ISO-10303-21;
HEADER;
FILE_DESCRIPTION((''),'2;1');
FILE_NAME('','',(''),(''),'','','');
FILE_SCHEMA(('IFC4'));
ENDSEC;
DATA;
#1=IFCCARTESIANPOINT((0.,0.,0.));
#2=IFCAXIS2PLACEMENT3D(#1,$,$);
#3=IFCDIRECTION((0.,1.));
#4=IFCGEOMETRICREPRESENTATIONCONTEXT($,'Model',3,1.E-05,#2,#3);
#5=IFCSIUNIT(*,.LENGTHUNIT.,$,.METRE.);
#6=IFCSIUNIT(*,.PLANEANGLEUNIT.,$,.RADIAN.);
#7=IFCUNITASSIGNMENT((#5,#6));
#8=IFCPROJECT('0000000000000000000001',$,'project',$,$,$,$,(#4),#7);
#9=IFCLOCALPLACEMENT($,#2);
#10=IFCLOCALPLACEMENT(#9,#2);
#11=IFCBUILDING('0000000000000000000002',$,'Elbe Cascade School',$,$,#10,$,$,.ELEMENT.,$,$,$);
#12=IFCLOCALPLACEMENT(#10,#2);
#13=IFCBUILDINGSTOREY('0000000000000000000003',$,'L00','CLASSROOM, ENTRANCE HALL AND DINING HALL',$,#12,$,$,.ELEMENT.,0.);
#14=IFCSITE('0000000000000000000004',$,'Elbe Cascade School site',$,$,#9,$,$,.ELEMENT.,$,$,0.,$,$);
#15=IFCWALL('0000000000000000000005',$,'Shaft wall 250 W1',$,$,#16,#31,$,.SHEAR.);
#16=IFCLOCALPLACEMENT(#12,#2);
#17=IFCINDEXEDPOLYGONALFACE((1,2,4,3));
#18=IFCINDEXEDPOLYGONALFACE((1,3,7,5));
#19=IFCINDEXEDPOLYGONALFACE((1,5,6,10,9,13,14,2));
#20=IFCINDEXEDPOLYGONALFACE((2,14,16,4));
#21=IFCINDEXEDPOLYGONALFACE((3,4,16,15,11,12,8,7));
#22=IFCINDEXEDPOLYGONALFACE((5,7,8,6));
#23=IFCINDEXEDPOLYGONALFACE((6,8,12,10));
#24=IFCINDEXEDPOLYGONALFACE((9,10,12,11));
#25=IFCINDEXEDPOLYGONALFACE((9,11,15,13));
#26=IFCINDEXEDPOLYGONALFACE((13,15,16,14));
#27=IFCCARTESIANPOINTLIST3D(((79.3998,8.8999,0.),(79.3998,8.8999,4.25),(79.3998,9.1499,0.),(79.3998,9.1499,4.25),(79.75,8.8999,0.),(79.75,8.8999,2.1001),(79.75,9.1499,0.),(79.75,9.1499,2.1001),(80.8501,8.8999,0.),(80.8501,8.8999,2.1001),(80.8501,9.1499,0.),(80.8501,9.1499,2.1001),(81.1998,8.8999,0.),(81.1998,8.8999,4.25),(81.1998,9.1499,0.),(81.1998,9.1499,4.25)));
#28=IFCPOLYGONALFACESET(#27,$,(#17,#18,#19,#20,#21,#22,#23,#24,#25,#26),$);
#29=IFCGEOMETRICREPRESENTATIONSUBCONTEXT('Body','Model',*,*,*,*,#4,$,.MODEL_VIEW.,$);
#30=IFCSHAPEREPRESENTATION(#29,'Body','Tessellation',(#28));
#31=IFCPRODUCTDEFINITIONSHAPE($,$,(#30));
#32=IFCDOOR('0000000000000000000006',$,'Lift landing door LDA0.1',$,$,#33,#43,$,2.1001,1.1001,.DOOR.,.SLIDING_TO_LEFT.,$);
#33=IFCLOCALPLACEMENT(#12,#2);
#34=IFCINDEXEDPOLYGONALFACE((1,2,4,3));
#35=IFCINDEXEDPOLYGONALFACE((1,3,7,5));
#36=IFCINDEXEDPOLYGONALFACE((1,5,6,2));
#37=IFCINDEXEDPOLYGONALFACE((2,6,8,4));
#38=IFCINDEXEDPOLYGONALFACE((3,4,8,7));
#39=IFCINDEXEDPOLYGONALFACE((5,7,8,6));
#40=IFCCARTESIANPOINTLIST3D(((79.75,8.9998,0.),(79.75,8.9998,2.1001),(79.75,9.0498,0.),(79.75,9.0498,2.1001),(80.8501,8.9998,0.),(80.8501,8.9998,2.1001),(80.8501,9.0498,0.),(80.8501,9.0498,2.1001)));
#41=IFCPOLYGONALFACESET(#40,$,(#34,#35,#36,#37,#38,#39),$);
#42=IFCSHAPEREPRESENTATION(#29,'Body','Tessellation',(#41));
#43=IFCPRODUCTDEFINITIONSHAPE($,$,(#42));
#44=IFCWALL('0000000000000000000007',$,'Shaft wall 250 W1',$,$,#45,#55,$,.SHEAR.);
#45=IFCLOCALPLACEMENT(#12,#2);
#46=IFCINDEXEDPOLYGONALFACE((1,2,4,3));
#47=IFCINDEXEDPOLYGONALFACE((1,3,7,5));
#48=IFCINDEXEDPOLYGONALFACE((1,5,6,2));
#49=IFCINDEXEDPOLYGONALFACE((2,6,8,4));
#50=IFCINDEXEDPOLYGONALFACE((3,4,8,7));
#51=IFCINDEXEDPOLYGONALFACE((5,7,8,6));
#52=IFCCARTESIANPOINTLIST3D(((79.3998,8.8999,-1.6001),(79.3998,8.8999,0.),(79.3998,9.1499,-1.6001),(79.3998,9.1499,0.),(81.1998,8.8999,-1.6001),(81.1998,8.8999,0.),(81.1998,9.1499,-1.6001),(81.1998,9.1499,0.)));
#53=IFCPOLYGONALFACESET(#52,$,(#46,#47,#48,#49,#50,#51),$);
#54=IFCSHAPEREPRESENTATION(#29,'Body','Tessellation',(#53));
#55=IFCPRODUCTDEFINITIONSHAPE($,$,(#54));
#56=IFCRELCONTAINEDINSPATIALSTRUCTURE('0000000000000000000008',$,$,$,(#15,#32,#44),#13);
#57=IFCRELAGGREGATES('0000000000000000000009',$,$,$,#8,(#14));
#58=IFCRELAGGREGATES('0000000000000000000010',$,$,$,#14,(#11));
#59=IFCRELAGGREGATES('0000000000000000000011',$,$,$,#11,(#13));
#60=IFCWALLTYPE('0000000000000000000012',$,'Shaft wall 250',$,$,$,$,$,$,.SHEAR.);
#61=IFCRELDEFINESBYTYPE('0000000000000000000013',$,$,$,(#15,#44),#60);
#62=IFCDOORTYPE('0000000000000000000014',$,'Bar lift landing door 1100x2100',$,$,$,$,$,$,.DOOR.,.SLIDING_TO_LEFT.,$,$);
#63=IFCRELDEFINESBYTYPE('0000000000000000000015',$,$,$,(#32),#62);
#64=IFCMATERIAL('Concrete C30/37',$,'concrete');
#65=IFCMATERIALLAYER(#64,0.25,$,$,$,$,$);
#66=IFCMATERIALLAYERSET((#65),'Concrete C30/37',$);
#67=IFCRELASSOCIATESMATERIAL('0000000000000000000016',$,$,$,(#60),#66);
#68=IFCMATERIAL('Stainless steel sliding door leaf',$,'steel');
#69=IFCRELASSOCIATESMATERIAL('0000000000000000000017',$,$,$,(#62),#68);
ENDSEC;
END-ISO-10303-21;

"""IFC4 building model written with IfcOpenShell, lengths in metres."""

from ifc_helpers import new_model, si_unit, direction, frame, frame_2d, origin, place, context, subcontext, project, spatial, rectangle, extrude, material, layer, layer_set, type_object, element, fill, save


model = new_model("IFC4")

# Units and contexts
model_context = context("Model", 3, precision=1e-05, world=origin(), true_north=direction((0.0, 1.0)))
body_context = subcontext(model_context, "Body", "Model", "MODEL_VIEW")
ifc_project = project(units=[si_unit("LENGTHUNIT", "METRE"), si_unit("PLANEANGLEUNIT", "RADIAN")], contexts=[model_context])

# Site, building, storey
site_placement = place(None, origin())
site = spatial("IfcSite", under=ifc_project, at=site_placement, Name="Elbe Cascade School site", CompositionType="ELEMENT", RefElevation=0.0)
building_placement = place(site_placement, origin())
building = spatial("IfcBuilding", under=site, at=building_placement, Name="Elbe Cascade School", CompositionType="ELEMENT")
storey_placement = place(building_placement, origin())
storey = spatial("IfcBuildingStorey", under=building, at=storey_placement, Name="L00", Description="CLASSROOM, ENTRANCE HALL AND DINING HALL", CompositionType="ELEMENT", Elevation=0.0)

# Wall, opening, door
ifc_material_1 = material(Name="Concrete C30/37", Category="concrete")
ifc_layer_1 = layer(ifc_material_1, 0.25)
ifc_layer_set_1 = layer_set([ifc_layer_1], Name="Concrete C30/37")
wall_type_1 = type_object("IfcWallType", Name="Shaft wall 250", PredefinedType="SHEAR", material=ifc_layer_set_1)
wall_1_placement = place(storey_placement, frame((79.3999, 9.0249, 0.0), z_axis=(0.0, 0.0, 1.0), x_axis=(1.0, 0.0, 0.0)))
wall_1 = element("IfcWall", 1, at=wall_1_placement, inside=storey, type_object=wall_type_1, Name="Shaft wall 250 W1", PredefinedType="SHEAR", context=body_context, shape_type="SweptSolid", body=[
    extrude(rectangle(XDim=1.8, YDim=0.25, at=frame_2d((0.8999, 0.0))), origin(), (0.0, 0.0, 1.0), 4.25),
])
opening_1_placement = place(wall_1_placement, frame((0.3501, 0.0, 0.0)))
opening_1 = element("IfcOpeningElement", 2, at=opening_1_placement, cuts=wall_1, PredefinedType="OPENING", context=body_context, shape_type="SweptSolid", body=[
    extrude(rectangle(XDim=1.1001, YDim=2.1001, at=frame_2d((0.55, 1.05))), frame((0.0, 0.135, 0.0), z_axis=(0.0, -1.0, 0.0), x_axis=(1.0, 0.0, 0.0)), (0.0, 0.0, 1.0), 0.27),
])
ifc_material_2 = material(Name="Stainless steel sliding door leaf", Category="steel")
door_type_1 = type_object("IfcDoorType", Name="Bar lift landing door 1100x2100", OperationType="SLIDING_TO_LEFT", PredefinedType="DOOR", material=ifc_material_2)
door_1_placement = place(opening_1_placement, origin())
door_1 = element("IfcDoor", 3, at=door_1_placement, inside=storey, type_object=door_type_1, Name="Lift landing door LDA0.1", OperationType="SLIDING_TO_LEFT", OverallHeight=2.1001, OverallWidth=1.1001, PredefinedType="DOOR", context=body_context, shape_type="SweptSolid", body=[
    extrude(rectangle(XDim=1.1001, YDim=2.1001, at=frame_2d((0.55, 1.05))), frame((0.0, 0.0249, 0.0), z_axis=(0.0, -1.0, 0.0), x_axis=(1.0, 0.0, 0.0)), (0.0, 0.0, 1.0), 0.05),
])
fill(opening_1, door_1)

# Wall
wall_2_placement = place(storey_placement, frame((79.3999, 9.0249, -1.6001), z_axis=(0.0, 0.0, 1.0), x_axis=(1.0, 0.0, 0.0)))
element("IfcWall", 4, at=wall_2_placement, inside=storey, type_object=wall_type_1, Name="Shaft wall 250 W1", PredefinedType="SHEAR", context=body_context, shape_type="SweptSolid", body=[
    extrude(rectangle(XDim=1.8, YDim=0.25, at=frame_2d((0.8999, 0.0))), origin(), (0.0, 0.0, 1.0), 1.6001),
])

save(model, "model.ifc")
